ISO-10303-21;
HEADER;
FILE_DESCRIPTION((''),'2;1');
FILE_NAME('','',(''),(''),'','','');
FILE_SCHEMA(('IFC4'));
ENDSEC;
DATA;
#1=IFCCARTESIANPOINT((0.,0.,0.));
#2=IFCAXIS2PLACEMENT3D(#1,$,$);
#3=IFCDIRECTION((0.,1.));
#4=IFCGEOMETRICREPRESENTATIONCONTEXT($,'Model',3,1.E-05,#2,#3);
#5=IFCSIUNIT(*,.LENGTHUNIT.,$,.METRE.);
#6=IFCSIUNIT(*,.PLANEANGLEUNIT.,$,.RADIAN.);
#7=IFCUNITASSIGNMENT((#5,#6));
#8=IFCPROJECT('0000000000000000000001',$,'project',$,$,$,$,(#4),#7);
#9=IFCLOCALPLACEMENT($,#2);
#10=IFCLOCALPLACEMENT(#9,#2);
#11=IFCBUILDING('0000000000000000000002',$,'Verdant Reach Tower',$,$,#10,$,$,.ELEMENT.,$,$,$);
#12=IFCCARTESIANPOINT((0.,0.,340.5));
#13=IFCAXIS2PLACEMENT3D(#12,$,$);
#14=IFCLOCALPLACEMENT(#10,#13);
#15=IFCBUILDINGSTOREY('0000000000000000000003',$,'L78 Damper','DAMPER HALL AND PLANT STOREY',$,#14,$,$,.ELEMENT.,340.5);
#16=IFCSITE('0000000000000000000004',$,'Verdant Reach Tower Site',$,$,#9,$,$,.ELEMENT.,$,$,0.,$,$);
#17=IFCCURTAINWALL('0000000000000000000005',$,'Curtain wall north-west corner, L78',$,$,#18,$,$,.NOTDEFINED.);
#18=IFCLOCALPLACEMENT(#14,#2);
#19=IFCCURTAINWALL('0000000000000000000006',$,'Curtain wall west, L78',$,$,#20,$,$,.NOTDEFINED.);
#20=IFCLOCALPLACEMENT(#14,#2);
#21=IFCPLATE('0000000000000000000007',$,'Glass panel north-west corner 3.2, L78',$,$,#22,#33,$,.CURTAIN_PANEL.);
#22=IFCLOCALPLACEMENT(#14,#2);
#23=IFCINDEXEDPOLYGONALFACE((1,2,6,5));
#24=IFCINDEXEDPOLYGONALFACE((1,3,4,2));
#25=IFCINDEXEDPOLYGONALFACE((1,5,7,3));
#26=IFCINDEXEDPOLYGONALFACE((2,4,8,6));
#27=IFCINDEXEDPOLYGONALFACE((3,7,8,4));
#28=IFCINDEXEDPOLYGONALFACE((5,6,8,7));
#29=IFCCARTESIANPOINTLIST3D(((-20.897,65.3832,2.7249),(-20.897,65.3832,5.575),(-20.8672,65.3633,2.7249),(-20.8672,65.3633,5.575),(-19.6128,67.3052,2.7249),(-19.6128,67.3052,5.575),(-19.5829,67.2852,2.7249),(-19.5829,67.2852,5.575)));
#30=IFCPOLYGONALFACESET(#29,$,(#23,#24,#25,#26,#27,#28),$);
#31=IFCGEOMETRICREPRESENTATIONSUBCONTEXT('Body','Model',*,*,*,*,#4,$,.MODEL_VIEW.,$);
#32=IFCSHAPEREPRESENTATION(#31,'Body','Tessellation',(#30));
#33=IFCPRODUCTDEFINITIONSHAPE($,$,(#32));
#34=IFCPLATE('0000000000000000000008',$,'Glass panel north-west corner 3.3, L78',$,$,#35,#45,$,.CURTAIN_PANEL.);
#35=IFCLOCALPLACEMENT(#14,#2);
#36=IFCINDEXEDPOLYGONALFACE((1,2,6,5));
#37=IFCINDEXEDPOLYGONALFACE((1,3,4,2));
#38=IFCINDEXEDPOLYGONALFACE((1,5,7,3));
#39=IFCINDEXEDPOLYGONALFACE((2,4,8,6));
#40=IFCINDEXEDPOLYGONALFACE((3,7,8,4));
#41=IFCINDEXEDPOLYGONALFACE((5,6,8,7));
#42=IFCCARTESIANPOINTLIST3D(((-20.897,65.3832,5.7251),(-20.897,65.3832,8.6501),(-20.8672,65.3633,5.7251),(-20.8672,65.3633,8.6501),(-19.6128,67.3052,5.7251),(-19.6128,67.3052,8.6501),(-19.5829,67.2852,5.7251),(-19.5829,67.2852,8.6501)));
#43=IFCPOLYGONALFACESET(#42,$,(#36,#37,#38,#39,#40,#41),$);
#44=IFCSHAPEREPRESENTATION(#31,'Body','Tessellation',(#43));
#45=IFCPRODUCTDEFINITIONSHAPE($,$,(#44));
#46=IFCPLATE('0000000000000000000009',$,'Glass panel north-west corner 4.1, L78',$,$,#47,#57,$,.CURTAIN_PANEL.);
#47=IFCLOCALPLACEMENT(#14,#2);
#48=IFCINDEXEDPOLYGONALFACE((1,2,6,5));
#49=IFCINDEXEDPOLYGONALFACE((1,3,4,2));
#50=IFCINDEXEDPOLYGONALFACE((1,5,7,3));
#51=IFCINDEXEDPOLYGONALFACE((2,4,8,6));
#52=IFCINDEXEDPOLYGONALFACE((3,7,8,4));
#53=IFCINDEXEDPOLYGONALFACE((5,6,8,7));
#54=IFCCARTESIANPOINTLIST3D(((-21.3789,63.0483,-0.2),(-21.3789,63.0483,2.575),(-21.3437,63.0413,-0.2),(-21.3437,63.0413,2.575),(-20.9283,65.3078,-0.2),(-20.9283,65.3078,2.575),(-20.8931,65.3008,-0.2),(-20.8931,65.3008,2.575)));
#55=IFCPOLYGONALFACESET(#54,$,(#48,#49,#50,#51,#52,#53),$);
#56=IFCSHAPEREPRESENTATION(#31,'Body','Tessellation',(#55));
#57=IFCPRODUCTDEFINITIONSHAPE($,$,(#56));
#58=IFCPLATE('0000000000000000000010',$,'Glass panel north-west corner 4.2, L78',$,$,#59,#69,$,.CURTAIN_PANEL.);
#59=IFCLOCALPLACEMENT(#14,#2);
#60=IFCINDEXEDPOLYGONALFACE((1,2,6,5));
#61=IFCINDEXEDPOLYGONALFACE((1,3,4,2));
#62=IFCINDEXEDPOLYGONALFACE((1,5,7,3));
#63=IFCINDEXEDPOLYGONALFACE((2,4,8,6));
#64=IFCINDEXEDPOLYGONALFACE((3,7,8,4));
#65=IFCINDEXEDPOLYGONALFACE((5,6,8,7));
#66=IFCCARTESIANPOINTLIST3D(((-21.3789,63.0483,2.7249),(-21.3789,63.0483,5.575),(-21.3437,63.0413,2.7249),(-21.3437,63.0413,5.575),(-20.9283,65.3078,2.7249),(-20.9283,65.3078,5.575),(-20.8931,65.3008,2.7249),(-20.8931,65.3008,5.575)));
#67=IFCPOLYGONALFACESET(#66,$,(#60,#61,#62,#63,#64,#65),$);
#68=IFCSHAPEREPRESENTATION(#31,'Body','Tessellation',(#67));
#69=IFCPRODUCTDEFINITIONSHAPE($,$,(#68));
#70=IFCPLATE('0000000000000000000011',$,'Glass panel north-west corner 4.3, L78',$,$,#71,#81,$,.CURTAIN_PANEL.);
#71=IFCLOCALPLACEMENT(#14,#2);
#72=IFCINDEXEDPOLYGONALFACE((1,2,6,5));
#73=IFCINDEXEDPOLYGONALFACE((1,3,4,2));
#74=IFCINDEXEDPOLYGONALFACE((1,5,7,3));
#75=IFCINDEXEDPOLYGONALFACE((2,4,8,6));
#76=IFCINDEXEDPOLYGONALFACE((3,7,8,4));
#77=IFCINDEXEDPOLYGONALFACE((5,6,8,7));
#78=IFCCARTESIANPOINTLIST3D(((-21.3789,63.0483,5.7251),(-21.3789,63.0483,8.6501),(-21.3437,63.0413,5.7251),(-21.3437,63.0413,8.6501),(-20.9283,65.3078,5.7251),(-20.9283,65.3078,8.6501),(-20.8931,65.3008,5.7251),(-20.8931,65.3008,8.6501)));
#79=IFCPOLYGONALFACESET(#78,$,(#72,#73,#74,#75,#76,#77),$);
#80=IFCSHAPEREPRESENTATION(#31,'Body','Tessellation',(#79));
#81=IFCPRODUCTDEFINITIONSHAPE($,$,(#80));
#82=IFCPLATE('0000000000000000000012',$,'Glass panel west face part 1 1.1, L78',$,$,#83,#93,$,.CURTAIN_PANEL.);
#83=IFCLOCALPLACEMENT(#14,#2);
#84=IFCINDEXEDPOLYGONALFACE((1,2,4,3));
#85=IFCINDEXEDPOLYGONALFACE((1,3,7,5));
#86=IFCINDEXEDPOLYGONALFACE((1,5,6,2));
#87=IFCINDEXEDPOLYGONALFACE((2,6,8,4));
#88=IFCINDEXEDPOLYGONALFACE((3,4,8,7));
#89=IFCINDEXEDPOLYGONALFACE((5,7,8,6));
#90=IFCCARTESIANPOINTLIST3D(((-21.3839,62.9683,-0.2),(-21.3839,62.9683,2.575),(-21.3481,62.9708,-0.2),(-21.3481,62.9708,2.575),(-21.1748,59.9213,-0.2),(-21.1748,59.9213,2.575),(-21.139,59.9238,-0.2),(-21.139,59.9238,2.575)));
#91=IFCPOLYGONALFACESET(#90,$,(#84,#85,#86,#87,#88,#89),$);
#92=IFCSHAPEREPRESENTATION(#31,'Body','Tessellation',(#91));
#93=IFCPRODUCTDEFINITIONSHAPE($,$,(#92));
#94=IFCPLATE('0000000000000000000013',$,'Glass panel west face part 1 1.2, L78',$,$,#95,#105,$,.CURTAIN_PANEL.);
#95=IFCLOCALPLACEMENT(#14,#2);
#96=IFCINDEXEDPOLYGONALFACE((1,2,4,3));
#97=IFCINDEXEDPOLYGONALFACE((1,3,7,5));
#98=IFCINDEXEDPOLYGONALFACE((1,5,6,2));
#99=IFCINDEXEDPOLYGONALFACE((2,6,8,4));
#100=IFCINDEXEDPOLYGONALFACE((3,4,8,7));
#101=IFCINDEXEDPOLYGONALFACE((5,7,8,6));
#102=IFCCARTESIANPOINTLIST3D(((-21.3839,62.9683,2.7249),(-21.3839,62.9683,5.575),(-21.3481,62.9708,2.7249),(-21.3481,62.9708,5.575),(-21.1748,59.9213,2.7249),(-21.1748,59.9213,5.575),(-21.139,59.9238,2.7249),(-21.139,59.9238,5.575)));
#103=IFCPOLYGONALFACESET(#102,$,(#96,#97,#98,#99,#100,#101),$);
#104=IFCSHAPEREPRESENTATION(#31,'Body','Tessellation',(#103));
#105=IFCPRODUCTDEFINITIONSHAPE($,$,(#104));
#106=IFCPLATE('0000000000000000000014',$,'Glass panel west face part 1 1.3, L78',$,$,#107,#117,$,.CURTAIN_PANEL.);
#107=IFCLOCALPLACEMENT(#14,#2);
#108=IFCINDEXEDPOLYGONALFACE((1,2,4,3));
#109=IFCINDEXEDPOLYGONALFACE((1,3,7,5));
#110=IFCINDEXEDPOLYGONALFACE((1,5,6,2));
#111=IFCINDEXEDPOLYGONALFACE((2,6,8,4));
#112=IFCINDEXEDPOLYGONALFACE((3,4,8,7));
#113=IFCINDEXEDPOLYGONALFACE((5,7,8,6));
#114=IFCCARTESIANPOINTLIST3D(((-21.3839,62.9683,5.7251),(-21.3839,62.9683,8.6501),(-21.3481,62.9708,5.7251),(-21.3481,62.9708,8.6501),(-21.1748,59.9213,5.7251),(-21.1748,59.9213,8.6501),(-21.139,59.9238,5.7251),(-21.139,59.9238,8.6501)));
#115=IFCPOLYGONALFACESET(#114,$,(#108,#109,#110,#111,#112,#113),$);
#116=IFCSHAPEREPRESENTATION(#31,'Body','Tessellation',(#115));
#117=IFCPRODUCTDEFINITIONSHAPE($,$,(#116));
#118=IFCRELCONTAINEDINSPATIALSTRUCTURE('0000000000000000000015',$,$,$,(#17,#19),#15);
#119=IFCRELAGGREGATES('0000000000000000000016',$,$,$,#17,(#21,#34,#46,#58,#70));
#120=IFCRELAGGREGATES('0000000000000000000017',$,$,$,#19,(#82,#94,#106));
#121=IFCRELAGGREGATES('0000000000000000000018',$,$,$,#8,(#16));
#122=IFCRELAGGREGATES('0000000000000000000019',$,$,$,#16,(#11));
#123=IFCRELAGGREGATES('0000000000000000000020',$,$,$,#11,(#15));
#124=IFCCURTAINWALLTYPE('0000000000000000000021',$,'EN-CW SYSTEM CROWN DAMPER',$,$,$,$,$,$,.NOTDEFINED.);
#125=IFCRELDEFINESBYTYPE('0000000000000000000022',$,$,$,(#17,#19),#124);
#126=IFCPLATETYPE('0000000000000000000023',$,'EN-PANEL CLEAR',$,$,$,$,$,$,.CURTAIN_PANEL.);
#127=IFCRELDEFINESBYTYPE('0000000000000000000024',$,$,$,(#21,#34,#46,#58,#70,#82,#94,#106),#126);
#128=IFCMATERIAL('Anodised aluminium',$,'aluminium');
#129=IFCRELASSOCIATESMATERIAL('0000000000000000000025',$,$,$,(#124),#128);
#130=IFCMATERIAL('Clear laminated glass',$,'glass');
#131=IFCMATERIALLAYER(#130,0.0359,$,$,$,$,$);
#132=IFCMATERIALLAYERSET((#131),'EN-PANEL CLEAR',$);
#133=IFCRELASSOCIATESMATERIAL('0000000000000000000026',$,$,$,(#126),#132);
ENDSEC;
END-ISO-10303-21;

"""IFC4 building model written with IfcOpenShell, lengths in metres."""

from ifc_helpers import new_model, si_unit, direction, frame, origin, origin_2d, place, context, subcontext, project, spatial, rectangle, extrude, material, layer, layer_set, type_object, element, aggregate, save


model = new_model("IFC4")

# Units and contexts
model_context = context("Model", 3, precision=1e-05, world=origin(), true_north=direction((0.0, 1.0)))
body_context = subcontext(model_context, "Body", "Model", "MODEL_VIEW")
ifc_project = project(units=[si_unit("LENGTHUNIT", "METRE"), si_unit("PLANEANGLEUNIT", "RADIAN")], contexts=[model_context])

# Site, building, storey
site_placement = place(None, origin())
site = spatial("IfcSite", under=ifc_project, at=site_placement, Name="Verdant Reach Tower Site", CompositionType="ELEMENT", RefElevation=0.0)
building_placement = place(site_placement, origin())
building = spatial("IfcBuilding", under=site, at=building_placement, Name="Verdant Reach Tower", CompositionType="ELEMENT")
storey_placement = place(building_placement, frame((0.0, 0.0, 340.5)))
storey = spatial("IfcBuildingStorey", under=building, at=storey_placement, Name="L78 Damper", Description="DAMPER HALL AND PLANT STOREY", CompositionType="ELEMENT", Elevation=340.5)

# Curtain wall
ifc_material_1 = material(Name="Anodised aluminium", Category="aluminium")
curtain_wall_type = type_object("IfcCurtainWallType", Name="EN-CW SYSTEM CROWN DAMPER", PredefinedType="NOTDEFINED", material=ifc_material_1)
curtain_wall_1_placement = place(storey_placement, origin())
curtain_wall_1 = element("IfcCurtainWall", 1, at=curtain_wall_1_placement, inside=storey, type_object=curtain_wall_type, Name="Curtain wall north-west corner, L78", PredefinedType="NOTDEFINED")

# Curtain wall
curtain_wall_2_placement = place(storey_placement, origin())
curtain_wall_2 = element("IfcCurtainWall", 2, at=curtain_wall_2_placement, inside=storey, type_object=curtain_wall_type, Name="Curtain wall west, L78", PredefinedType="NOTDEFINED")

# Plates
ifc_material_2 = material(Name="Clear laminated glass", Category="glass")
ifc_layer = layer(ifc_material_2, 0.0359)
ifc_layer_set = layer_set([ifc_layer], Name="EN-PANEL CLEAR")
plate_type = type_object("IfcPlateType", Name="EN-PANEL CLEAR", PredefinedType="CURTAIN_PANEL", material=ifc_layer_set)
plate_1_placement = place(storey_placement, frame((-20.24, 66.3342, 2.7249), z_axis=(0.0, 0.0, 1.0), x_axis=(-0.555596, -0.831452, 0.0)))
plate_1 = element("IfcPlate", 3, at=plate_1_placement, type_object=plate_type, Name="Glass panel north-west corner 3.2, L78", PredefinedType="CURTAIN_PANEL", context=body_context, shape_type="SweptSolid", body=[
    extrude(rectangle(XDim=2.3115, YDim=0.0359, at=origin_2d()), origin(), (0.0, 0.0, 1.0), 2.8501),
])
plate_2_placement = place(storey_placement, frame((-20.24, 66.3342, 5.7251), z_axis=(0.0, 0.0, 1.0), x_axis=(-0.555596, -0.831452, 0.0)))
plate_2 = element("IfcPlate", 4, at=plate_2_placement, type_object=plate_type, Name="Glass panel north-west corner 3.3, L78", PredefinedType="CURTAIN_PANEL", context=body_context, shape_type="SweptSolid", body=[
    extrude(rectangle(XDim=2.3115, YDim=0.0359, at=origin_2d()), origin(), (0.0, 0.0, 1.0), 2.925),
])
plate_3_placement = place(storey_placement, frame((-21.136, 64.1746, -0.2), z_axis=(0.0, 0.0, 1.0), x_axis=(-0.195593, -0.980685, 0.0)))
plate_3 = element("IfcPlate", 5, at=plate_3_placement, type_object=plate_type, Name="Glass panel north-west corner 4.1, L78", PredefinedType="CURTAIN_PANEL", context=body_context, shape_type="SweptSolid", body=[
    extrude(rectangle(XDim=2.304, YDim=0.0359, at=origin_2d()), origin(), (0.0, 0.0, 1.0), 2.7749),
])
plate_4_placement = place(storey_placement, frame((-21.136, 64.1746, 2.7249), z_axis=(0.0, 0.0, 1.0), x_axis=(-0.195593, -0.980685, 0.0)))
plate_4 = element("IfcPlate", 6, at=plate_4_placement, type_object=plate_type, Name="Glass panel north-west corner 4.2, L78", PredefinedType="CURTAIN_PANEL", context=body_context, shape_type="SweptSolid", body=[
    extrude(rectangle(XDim=2.304, YDim=0.0359, at=origin_2d()), origin(), (0.0, 0.0, 1.0), 2.8501),
])
plate_5_placement = place(storey_placement, frame((-21.136, 64.1746, 5.7251), z_axis=(0.0, 0.0, 1.0), x_axis=(-0.195593, -0.980685, 0.0)))
plate_5 = element("IfcPlate", 7, at=plate_5_placement, type_object=plate_type, Name="Glass panel north-west corner 4.3, L78", PredefinedType="CURTAIN_PANEL", context=body_context, shape_type="SweptSolid", body=[
    extrude(rectangle(XDim=2.304, YDim=0.0359, at=origin_2d()), origin(), (0.0, 0.0, 1.0), 2.925),
])
aggregate(curtain_wall_1, [plate_1, plate_2, plate_3, plate_4, plate_5])
plate_6_placement = place(storey_placement, frame((-21.2615, 61.446, -0.2), z_axis=(0.0, 0.0, 1.0), x_axis=(0.068469, -0.997653, 0.0)))
plate_6 = element("IfcPlate", 8, at=plate_6_placement, type_object=plate_type, Name="Glass panel west face part 1 1.1, L78", PredefinedType="CURTAIN_PANEL", context=body_context, shape_type="SweptSolid", body=[
    extrude(rectangle(XDim=3.0542, YDim=0.0359, at=origin_2d()), origin(), (0.0, 0.0, 1.0), 2.7749),
])
plate_7_placement = place(storey_placement, frame((-21.2615, 61.446, 2.7249), z_axis=(0.0, 0.0, 1.0), x_axis=(0.068469, -0.997653, 0.0)))
plate_7 = element("IfcPlate", 9, at=plate_7_placement, type_object=plate_type, Name="Glass panel west face part 1 1.2, L78", PredefinedType="CURTAIN_PANEL", context=body_context, shape_type="SweptSolid", body=[
    extrude(rectangle(XDim=3.0542, YDim=0.0359, at=origin_2d()), origin(), (0.0, 0.0, 1.0), 2.8501),
])
plate_8_placement = place(storey_placement, frame((-21.2615, 61.446, 5.7251), z_axis=(0.0, 0.0, 1.0), x_axis=(0.068469, -0.997653, 0.0)))
plate_8 = element("IfcPlate", 10, at=plate_8_placement, type_object=plate_type, Name="Glass panel west face part 1 1.3, L78", PredefinedType="CURTAIN_PANEL", context=body_context, shape_type="SweptSolid", body=[
    extrude(rectangle(XDim=3.0542, YDim=0.0359, at=origin_2d()), origin(), (0.0, 0.0, 1.0), 2.925),
])
aggregate(curtain_wall_2, [plate_6, plate_7, plate_8])

save(model, "model.ifc")
